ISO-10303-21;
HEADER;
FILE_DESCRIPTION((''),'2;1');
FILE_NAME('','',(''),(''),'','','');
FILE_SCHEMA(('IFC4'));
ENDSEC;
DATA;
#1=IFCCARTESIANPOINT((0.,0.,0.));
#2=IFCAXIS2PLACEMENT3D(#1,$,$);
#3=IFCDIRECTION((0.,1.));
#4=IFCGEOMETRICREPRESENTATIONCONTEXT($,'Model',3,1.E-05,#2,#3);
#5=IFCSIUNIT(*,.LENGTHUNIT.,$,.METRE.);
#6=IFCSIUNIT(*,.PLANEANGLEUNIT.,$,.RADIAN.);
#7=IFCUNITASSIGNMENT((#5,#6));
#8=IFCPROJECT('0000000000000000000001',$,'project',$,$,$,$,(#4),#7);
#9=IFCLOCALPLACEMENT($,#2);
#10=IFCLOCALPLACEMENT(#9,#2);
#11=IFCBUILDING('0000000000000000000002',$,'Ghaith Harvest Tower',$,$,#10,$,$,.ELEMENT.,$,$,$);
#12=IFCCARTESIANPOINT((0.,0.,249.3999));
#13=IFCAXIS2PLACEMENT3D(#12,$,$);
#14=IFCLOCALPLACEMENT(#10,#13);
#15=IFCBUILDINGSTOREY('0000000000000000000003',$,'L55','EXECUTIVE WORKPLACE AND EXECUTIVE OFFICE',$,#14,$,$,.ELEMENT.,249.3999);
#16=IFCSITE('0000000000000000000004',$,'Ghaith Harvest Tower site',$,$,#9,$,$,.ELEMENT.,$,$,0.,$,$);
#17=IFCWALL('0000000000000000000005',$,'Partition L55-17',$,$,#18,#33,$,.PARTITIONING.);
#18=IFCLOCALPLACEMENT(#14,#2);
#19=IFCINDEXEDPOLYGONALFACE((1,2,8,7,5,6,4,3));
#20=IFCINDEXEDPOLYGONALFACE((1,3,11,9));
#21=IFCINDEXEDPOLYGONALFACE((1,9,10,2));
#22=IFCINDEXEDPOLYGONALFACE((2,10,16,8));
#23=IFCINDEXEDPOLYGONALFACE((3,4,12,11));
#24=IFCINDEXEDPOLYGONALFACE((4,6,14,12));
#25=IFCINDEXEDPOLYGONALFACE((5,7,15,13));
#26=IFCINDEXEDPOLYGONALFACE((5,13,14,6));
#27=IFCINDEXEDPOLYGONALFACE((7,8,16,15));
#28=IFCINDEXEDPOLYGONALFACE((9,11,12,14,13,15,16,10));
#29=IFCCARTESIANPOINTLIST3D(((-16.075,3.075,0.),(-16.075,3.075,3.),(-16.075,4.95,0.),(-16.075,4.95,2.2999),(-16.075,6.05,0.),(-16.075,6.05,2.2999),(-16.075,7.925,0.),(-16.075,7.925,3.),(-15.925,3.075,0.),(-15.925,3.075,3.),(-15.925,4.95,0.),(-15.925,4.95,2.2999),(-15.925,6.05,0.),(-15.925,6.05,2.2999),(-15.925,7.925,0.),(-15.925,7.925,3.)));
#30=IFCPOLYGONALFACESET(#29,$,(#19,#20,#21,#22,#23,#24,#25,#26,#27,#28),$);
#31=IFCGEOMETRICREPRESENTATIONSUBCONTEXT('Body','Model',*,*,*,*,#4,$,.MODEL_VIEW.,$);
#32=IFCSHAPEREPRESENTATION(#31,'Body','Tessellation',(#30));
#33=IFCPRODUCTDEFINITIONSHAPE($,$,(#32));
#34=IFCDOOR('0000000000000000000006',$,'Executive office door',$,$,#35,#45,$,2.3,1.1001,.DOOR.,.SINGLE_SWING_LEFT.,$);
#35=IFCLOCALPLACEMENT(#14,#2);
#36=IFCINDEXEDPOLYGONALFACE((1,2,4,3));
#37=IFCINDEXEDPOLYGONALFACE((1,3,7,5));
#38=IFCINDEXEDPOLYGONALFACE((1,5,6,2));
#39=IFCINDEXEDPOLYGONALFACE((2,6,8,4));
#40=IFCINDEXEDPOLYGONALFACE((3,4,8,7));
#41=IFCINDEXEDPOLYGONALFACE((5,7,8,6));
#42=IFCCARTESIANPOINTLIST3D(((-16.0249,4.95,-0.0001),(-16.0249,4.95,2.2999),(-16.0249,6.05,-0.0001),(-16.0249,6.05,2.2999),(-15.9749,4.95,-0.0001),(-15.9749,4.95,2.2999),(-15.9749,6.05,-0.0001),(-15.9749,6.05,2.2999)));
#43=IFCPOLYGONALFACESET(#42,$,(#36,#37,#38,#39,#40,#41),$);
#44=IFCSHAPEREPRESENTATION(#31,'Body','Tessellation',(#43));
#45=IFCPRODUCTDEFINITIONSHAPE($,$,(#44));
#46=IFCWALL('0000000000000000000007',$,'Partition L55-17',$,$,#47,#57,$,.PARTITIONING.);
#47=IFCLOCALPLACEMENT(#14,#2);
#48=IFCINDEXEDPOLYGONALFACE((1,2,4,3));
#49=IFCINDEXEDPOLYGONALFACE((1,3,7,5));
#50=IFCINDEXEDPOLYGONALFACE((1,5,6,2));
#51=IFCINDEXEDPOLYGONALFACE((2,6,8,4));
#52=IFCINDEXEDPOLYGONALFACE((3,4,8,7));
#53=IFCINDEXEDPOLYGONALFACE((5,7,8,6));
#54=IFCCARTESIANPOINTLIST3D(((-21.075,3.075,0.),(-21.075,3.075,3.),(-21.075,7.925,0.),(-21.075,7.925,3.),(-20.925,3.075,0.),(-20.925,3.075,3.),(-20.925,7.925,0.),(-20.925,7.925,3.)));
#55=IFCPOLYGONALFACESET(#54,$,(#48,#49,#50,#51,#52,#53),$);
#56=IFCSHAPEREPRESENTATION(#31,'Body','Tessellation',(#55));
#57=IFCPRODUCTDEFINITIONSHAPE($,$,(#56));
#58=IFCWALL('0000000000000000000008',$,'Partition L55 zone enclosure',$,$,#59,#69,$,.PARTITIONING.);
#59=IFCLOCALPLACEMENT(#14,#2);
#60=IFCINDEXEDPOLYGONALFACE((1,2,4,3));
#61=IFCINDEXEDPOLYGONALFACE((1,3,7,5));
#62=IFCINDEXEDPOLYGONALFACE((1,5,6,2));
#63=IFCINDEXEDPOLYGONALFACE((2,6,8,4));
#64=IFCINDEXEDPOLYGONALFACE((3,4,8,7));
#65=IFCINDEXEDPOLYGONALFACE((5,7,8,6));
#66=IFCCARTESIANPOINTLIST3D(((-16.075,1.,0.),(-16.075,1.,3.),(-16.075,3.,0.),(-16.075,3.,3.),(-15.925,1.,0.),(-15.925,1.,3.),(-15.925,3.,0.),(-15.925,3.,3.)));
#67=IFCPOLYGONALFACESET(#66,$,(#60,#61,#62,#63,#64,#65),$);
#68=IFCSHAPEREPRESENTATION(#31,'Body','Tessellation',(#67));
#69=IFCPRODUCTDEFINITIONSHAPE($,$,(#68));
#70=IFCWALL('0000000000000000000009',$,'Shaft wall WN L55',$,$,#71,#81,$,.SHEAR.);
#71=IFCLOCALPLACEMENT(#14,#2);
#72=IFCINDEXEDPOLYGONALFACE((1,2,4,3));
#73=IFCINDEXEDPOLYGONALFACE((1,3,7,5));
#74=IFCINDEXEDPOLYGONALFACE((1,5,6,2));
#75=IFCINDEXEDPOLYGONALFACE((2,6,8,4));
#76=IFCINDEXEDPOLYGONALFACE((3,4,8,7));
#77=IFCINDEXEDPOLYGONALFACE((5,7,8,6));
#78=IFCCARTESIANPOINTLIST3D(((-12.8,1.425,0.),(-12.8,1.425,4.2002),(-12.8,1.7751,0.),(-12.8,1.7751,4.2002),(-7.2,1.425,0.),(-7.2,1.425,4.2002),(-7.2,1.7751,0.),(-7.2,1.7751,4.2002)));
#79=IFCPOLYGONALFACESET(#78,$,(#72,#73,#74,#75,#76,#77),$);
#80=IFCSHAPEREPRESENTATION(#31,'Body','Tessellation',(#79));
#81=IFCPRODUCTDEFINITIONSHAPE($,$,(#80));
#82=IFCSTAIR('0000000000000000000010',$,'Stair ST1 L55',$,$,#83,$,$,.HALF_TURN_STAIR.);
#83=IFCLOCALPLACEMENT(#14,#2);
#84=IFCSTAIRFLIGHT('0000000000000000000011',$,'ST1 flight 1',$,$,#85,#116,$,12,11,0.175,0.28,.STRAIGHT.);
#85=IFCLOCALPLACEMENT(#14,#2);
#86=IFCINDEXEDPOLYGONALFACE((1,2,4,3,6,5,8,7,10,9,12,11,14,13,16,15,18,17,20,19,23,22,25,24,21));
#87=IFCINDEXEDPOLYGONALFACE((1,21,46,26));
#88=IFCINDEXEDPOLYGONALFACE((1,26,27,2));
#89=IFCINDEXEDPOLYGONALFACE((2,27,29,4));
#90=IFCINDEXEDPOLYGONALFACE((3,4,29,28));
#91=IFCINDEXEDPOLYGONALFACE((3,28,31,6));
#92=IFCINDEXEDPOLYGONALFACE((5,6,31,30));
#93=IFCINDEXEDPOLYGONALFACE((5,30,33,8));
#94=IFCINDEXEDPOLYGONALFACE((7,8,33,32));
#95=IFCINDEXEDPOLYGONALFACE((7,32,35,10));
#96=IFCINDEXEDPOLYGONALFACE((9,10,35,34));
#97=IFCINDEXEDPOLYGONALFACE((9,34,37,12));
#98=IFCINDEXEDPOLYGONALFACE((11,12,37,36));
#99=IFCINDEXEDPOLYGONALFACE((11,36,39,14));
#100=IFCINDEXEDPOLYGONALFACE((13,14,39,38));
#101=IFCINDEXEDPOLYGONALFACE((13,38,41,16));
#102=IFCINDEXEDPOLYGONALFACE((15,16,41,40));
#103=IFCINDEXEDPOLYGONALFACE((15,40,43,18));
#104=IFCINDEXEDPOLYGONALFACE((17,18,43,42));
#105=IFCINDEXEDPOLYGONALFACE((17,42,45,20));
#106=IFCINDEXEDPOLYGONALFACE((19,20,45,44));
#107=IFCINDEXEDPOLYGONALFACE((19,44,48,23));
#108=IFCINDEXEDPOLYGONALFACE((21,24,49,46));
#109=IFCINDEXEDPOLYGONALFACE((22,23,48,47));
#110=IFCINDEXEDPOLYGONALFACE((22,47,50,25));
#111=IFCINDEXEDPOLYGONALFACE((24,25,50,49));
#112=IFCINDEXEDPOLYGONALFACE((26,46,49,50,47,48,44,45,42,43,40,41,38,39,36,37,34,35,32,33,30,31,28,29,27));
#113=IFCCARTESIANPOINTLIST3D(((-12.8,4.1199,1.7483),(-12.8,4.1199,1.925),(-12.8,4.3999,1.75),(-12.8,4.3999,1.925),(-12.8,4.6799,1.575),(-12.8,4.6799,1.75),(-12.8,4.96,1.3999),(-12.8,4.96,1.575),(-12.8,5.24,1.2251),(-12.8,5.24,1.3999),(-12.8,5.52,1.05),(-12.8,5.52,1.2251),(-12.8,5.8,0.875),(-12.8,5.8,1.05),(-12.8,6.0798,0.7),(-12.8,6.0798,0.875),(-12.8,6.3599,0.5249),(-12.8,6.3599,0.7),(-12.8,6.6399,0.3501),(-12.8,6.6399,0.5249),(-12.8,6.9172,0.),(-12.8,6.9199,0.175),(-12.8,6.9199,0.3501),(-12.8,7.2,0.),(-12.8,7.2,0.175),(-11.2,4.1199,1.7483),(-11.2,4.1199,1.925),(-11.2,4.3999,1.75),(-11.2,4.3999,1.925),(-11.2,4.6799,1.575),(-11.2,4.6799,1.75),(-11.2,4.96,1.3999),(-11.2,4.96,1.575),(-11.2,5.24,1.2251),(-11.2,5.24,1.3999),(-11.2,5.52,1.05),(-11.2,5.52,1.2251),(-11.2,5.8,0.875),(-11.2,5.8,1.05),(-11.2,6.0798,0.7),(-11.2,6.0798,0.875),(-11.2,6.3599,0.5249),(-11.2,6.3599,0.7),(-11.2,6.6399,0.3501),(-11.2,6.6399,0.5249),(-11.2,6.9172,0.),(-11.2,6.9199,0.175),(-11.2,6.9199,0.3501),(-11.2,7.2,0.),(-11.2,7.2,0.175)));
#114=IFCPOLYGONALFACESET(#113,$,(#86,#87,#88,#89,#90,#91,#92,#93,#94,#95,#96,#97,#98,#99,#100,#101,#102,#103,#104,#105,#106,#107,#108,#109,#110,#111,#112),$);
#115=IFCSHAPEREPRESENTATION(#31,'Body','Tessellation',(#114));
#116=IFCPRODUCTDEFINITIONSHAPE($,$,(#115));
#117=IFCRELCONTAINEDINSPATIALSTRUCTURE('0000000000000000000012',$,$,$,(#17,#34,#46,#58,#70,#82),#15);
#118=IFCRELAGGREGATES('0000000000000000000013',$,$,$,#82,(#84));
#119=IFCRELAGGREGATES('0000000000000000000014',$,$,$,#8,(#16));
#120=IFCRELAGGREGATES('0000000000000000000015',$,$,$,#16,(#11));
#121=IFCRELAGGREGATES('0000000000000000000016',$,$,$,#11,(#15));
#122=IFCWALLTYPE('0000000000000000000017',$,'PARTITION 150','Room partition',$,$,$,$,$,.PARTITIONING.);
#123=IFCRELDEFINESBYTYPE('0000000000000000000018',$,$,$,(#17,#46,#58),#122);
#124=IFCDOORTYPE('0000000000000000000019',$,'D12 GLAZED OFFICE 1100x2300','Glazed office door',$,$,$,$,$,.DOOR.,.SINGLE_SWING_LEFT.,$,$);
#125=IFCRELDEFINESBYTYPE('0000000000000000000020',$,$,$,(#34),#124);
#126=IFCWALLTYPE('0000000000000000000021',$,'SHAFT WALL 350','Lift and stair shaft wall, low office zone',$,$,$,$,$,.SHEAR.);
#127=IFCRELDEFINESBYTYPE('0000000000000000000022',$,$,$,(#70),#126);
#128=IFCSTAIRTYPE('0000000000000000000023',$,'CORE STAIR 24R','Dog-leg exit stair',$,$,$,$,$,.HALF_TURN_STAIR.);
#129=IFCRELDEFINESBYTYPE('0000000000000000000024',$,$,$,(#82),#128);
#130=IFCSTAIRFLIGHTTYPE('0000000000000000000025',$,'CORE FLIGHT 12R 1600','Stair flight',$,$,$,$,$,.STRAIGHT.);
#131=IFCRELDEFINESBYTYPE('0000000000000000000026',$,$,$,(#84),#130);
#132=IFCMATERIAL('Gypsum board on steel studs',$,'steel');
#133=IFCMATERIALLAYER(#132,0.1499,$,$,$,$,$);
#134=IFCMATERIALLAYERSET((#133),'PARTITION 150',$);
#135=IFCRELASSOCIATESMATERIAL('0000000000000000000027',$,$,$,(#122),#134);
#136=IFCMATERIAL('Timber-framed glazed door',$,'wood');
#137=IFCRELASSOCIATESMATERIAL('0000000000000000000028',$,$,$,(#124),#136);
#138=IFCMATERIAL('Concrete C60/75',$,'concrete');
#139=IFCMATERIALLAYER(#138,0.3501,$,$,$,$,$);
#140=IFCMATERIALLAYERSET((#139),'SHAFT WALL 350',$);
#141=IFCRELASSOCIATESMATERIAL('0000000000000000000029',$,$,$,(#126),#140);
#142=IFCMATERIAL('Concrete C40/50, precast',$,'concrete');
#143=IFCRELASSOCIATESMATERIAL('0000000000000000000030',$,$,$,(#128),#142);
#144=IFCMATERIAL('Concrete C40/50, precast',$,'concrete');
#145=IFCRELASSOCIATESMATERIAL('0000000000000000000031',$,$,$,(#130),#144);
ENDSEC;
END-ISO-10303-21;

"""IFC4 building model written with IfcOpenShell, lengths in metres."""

from ifc_helpers import new_model, si_unit, direction, frame, frame_2d, origin, place, context, subcontext, project, spatial, polyline, rectangle, outline, extrude, material, layer, layer_set, type_object, element, fill, aggregate, save


model = new_model("IFC4")

# Units and contexts
model_context = context("Model", 3, precision=1e-05, world=origin(), true_north=direction((0.0, 1.0)))
body_context = subcontext(model_context, "Body", "Model", "MODEL_VIEW")
ifc_project = project(units=[si_unit("LENGTHUNIT", "METRE"), si_unit("PLANEANGLEUNIT", "RADIAN")], contexts=[model_context])

# Site, building, storey
site_placement = place(None, origin())
site = spatial("IfcSite", under=ifc_project, at=site_placement, Name="Ghaith Harvest Tower site", CompositionType="ELEMENT", RefElevation=0.0)
building_placement = place(site_placement, origin())
building = spatial("IfcBuilding", under=site, at=building_placement, Name="Ghaith Harvest Tower", CompositionType="ELEMENT")
storey_placement = place(building_placement, frame((0.0, 0.0, 249.3999)))
storey = spatial("IfcBuildingStorey", under=building, at=storey_placement, Name="L55", Description="EXECUTIVE WORKPLACE AND EXECUTIVE OFFICE", CompositionType="ELEMENT", Elevation=249.3999)

# Shared definitions
ifc_material_1 = material(Name="Gypsum board on steel studs", Category="steel")
ifc_layer_1 = layer(ifc_material_1, 0.1499)
ifc_layer_set_1 = layer_set([ifc_layer_1], Name="PARTITION 150")
wall_type_1 = type_object("IfcWallType", Name="PARTITION 150", Description="Room partition", PredefinedType="PARTITIONING", material=ifc_layer_set_1)

# Wall, opening, door
wall_1_placement = place(storey_placement, frame((-16.0, 3.075, 0.0), z_axis=(0.0, 0.0, 1.0), x_axis=(0.0, 1.0, 0.0)))
wall_1 = element("IfcWall", 1, at=wall_1_placement, inside=storey, type_object=wall_type_1, Name="Partition L55-17", PredefinedType="PARTITIONING", context=body_context, shape_type="SweptSolid", body=[
    extrude(rectangle(XDim=4.8501, YDim=0.1499, at=frame_2d((2.425, 0.0))), origin(), (0.0, 0.0, 1.0), 3.0),
])
opening_placement = place(wall_1_placement, frame((1.875, 0.0, 0.0)))
opening = element("IfcOpeningElement", 2, at=opening_placement, cuts=wall_1, PredefinedType="OPENING", context=body_context, shape_type="SweptSolid", body=[
    extrude(rectangle(XDim=1.1001, YDim=2.3, at=frame_2d((0.55, 1.1499))), frame((0.0, 0.085, 0.0), z_axis=(0.0, -1.0, 0.0), x_axis=(1.0, 0.0, 0.0)), (0.0, 0.0, 1.0), 0.1699),
])
ifc_material_2 = material(Name="Timber-framed glazed door", Category="wood")
door_type = type_object("IfcDoorType", Name="D12 GLAZED OFFICE 1100x2300", Description="Glazed office door", OperationType="SINGLE_SWING_LEFT", PredefinedType="DOOR", material=ifc_material_2)
door_placement = place(opening_placement, origin())
door = element("IfcDoor", 3, at=door_placement, inside=storey, type_object=door_type, Name="Executive office door", OperationType="SINGLE_SWING_LEFT", OverallHeight=2.3, OverallWidth=1.1001, PredefinedType="DOOR", context=body_context, shape_type="SweptSolid", body=[
    extrude(rectangle(XDim=1.1001, YDim=2.3, at=frame_2d((0.55, 1.1499))), frame((0.0, 0.0249, 0.0), z_axis=(0.0, -1.0, 0.0), x_axis=(1.0, 0.0, 0.0)), (0.0, 0.0, 1.0), 0.05),
])
fill(opening, door)

# Walls
wall_2_placement = place(storey_placement, frame((-21.0, 3.075, 0.0), z_axis=(0.0, 0.0, 1.0), x_axis=(0.0, 1.0, 0.0)))
element("IfcWall", 4, at=wall_2_placement, inside=storey, type_object=wall_type_1, Name="Partition L55-17", PredefinedType="PARTITIONING", context=body_context, shape_type="SweptSolid", body=[
    extrude(rectangle(XDim=4.8501, YDim=0.1499, at=frame_2d((2.425, 0.0))), origin(), (0.0, 0.0, 1.0), 3.0),
])
wall_3_placement = place(storey_placement, frame((-16.0, 3.0, 0.0), z_axis=(0.0, 0.0, 1.0), x_axis=(0.0, -1.0, 0.0)))
element("IfcWall", 5, at=wall_3_placement, inside=storey, type_object=wall_type_1, Name="Partition L55 zone enclosure", PredefinedType="PARTITIONING", context=body_context, shape_type="SweptSolid", body=[
    extrude(rectangle(XDim=2.0, YDim=0.1499, at=frame_2d((1.0, 0.0))), origin(), (0.0, 0.0, 1.0), 3.0),
])
ifc_material_3 = material(Name="Concrete C60/75", Category="concrete")
ifc_layer_2 = layer(ifc_material_3, 0.3501)
ifc_layer_set_2 = layer_set([ifc_layer_2], Name="SHAFT WALL 350")
wall_type_2 = type_object("IfcWallType", Name="SHAFT WALL 350", Description="Lift and stair shaft wall, low office zone", PredefinedType="SHEAR", material=ifc_layer_set_2)
wall_4_placement = place(storey_placement, frame((-12.8, 1.6001, 0.0), z_axis=(0.0, 0.0, 1.0), x_axis=(1.0, 0.0, 0.0)))
element("IfcWall", 6, at=wall_4_placement, inside=storey, type_object=wall_type_2, Name="Shaft wall WN L55", PredefinedType="SHEAR", context=body_context, shape_type="SweptSolid", body=[
    extrude(rectangle(XDim=5.6001, YDim=0.3501, at=frame_2d((2.8, 0.0))), origin(), (0.0, 0.0, 1.0), 4.2002),
])

# Stair, stair flight
ifc_material_4 = material(Name="Concrete C40/50, precast", Category="concrete")
stair_type = type_object("IfcStairType", Name="CORE STAIR 24R", Description="Dog-leg exit stair", PredefinedType="HALF_TURN_STAIR", material=ifc_material_4)
stair_placement = place(storey_placement, origin())
stair = element("IfcStair", 7, at=stair_placement, inside=storey, type_object=stair_type, Name="Stair ST1 L55", PredefinedType="HALF_TURN_STAIR")
ifc_material_5 = material(Name="Concrete C40/50, precast", Category="concrete")
stair_flight_type = type_object("IfcStairFlightType", Name="CORE FLIGHT 12R 1600", Description="Stair flight", PredefinedType="STRAIGHT", material=ifc_material_5)
stair_flight_placement = place(storey_placement, frame((-12.0, 7.2, 0.0), z_axis=(0.0, 0.0, 1.0), x_axis=(0.0, -1.0, 0.0)))
stair_flight = element("IfcStairFlight", 8, at=stair_flight_placement, type_object=stair_flight_type, Name="ST1 flight 1", NumberOfRisers=12, NumberOfTreads=11, PredefinedType="STRAIGHT", RiserHeight=0.175, TreadLength=0.28, context=body_context, shape_type="SweptSolid", body=[
    extrude(outline(polyline([(0.0, 0.0), (0.0, 0.175), (0.28, 0.175), (0.28, 0.3501), (0.5601, 0.3501), (0.5601, 0.5249), (0.8401, 0.5249), (0.8401, 0.7), (1.1201, 0.7), (1.1201, 0.875), (1.3999, 0.875), (1.3999, 1.05), (1.6799, 1.05), (1.6799, 1.2251), (1.96, 1.2251), (1.96, 1.3999), (2.24, 1.3999), (2.24, 1.575), (2.52, 1.575), (2.52, 1.75), (2.8, 1.75), (2.8, 1.925), (3.0801, 1.925), (3.0801, 2.1001), (3.0801, 1.7483), (0.2827, 0.0), (0.0, 0.0)])), frame((0.0, 0.8, 0.0), z_axis=(0.0, -1.0, 0.0), x_axis=(1.0, 0.0, 0.0)), (0.0, 0.0, 1.0), 1.6001),
])
aggregate(stair, [stair_flight])

save(model, "model.ifc")
